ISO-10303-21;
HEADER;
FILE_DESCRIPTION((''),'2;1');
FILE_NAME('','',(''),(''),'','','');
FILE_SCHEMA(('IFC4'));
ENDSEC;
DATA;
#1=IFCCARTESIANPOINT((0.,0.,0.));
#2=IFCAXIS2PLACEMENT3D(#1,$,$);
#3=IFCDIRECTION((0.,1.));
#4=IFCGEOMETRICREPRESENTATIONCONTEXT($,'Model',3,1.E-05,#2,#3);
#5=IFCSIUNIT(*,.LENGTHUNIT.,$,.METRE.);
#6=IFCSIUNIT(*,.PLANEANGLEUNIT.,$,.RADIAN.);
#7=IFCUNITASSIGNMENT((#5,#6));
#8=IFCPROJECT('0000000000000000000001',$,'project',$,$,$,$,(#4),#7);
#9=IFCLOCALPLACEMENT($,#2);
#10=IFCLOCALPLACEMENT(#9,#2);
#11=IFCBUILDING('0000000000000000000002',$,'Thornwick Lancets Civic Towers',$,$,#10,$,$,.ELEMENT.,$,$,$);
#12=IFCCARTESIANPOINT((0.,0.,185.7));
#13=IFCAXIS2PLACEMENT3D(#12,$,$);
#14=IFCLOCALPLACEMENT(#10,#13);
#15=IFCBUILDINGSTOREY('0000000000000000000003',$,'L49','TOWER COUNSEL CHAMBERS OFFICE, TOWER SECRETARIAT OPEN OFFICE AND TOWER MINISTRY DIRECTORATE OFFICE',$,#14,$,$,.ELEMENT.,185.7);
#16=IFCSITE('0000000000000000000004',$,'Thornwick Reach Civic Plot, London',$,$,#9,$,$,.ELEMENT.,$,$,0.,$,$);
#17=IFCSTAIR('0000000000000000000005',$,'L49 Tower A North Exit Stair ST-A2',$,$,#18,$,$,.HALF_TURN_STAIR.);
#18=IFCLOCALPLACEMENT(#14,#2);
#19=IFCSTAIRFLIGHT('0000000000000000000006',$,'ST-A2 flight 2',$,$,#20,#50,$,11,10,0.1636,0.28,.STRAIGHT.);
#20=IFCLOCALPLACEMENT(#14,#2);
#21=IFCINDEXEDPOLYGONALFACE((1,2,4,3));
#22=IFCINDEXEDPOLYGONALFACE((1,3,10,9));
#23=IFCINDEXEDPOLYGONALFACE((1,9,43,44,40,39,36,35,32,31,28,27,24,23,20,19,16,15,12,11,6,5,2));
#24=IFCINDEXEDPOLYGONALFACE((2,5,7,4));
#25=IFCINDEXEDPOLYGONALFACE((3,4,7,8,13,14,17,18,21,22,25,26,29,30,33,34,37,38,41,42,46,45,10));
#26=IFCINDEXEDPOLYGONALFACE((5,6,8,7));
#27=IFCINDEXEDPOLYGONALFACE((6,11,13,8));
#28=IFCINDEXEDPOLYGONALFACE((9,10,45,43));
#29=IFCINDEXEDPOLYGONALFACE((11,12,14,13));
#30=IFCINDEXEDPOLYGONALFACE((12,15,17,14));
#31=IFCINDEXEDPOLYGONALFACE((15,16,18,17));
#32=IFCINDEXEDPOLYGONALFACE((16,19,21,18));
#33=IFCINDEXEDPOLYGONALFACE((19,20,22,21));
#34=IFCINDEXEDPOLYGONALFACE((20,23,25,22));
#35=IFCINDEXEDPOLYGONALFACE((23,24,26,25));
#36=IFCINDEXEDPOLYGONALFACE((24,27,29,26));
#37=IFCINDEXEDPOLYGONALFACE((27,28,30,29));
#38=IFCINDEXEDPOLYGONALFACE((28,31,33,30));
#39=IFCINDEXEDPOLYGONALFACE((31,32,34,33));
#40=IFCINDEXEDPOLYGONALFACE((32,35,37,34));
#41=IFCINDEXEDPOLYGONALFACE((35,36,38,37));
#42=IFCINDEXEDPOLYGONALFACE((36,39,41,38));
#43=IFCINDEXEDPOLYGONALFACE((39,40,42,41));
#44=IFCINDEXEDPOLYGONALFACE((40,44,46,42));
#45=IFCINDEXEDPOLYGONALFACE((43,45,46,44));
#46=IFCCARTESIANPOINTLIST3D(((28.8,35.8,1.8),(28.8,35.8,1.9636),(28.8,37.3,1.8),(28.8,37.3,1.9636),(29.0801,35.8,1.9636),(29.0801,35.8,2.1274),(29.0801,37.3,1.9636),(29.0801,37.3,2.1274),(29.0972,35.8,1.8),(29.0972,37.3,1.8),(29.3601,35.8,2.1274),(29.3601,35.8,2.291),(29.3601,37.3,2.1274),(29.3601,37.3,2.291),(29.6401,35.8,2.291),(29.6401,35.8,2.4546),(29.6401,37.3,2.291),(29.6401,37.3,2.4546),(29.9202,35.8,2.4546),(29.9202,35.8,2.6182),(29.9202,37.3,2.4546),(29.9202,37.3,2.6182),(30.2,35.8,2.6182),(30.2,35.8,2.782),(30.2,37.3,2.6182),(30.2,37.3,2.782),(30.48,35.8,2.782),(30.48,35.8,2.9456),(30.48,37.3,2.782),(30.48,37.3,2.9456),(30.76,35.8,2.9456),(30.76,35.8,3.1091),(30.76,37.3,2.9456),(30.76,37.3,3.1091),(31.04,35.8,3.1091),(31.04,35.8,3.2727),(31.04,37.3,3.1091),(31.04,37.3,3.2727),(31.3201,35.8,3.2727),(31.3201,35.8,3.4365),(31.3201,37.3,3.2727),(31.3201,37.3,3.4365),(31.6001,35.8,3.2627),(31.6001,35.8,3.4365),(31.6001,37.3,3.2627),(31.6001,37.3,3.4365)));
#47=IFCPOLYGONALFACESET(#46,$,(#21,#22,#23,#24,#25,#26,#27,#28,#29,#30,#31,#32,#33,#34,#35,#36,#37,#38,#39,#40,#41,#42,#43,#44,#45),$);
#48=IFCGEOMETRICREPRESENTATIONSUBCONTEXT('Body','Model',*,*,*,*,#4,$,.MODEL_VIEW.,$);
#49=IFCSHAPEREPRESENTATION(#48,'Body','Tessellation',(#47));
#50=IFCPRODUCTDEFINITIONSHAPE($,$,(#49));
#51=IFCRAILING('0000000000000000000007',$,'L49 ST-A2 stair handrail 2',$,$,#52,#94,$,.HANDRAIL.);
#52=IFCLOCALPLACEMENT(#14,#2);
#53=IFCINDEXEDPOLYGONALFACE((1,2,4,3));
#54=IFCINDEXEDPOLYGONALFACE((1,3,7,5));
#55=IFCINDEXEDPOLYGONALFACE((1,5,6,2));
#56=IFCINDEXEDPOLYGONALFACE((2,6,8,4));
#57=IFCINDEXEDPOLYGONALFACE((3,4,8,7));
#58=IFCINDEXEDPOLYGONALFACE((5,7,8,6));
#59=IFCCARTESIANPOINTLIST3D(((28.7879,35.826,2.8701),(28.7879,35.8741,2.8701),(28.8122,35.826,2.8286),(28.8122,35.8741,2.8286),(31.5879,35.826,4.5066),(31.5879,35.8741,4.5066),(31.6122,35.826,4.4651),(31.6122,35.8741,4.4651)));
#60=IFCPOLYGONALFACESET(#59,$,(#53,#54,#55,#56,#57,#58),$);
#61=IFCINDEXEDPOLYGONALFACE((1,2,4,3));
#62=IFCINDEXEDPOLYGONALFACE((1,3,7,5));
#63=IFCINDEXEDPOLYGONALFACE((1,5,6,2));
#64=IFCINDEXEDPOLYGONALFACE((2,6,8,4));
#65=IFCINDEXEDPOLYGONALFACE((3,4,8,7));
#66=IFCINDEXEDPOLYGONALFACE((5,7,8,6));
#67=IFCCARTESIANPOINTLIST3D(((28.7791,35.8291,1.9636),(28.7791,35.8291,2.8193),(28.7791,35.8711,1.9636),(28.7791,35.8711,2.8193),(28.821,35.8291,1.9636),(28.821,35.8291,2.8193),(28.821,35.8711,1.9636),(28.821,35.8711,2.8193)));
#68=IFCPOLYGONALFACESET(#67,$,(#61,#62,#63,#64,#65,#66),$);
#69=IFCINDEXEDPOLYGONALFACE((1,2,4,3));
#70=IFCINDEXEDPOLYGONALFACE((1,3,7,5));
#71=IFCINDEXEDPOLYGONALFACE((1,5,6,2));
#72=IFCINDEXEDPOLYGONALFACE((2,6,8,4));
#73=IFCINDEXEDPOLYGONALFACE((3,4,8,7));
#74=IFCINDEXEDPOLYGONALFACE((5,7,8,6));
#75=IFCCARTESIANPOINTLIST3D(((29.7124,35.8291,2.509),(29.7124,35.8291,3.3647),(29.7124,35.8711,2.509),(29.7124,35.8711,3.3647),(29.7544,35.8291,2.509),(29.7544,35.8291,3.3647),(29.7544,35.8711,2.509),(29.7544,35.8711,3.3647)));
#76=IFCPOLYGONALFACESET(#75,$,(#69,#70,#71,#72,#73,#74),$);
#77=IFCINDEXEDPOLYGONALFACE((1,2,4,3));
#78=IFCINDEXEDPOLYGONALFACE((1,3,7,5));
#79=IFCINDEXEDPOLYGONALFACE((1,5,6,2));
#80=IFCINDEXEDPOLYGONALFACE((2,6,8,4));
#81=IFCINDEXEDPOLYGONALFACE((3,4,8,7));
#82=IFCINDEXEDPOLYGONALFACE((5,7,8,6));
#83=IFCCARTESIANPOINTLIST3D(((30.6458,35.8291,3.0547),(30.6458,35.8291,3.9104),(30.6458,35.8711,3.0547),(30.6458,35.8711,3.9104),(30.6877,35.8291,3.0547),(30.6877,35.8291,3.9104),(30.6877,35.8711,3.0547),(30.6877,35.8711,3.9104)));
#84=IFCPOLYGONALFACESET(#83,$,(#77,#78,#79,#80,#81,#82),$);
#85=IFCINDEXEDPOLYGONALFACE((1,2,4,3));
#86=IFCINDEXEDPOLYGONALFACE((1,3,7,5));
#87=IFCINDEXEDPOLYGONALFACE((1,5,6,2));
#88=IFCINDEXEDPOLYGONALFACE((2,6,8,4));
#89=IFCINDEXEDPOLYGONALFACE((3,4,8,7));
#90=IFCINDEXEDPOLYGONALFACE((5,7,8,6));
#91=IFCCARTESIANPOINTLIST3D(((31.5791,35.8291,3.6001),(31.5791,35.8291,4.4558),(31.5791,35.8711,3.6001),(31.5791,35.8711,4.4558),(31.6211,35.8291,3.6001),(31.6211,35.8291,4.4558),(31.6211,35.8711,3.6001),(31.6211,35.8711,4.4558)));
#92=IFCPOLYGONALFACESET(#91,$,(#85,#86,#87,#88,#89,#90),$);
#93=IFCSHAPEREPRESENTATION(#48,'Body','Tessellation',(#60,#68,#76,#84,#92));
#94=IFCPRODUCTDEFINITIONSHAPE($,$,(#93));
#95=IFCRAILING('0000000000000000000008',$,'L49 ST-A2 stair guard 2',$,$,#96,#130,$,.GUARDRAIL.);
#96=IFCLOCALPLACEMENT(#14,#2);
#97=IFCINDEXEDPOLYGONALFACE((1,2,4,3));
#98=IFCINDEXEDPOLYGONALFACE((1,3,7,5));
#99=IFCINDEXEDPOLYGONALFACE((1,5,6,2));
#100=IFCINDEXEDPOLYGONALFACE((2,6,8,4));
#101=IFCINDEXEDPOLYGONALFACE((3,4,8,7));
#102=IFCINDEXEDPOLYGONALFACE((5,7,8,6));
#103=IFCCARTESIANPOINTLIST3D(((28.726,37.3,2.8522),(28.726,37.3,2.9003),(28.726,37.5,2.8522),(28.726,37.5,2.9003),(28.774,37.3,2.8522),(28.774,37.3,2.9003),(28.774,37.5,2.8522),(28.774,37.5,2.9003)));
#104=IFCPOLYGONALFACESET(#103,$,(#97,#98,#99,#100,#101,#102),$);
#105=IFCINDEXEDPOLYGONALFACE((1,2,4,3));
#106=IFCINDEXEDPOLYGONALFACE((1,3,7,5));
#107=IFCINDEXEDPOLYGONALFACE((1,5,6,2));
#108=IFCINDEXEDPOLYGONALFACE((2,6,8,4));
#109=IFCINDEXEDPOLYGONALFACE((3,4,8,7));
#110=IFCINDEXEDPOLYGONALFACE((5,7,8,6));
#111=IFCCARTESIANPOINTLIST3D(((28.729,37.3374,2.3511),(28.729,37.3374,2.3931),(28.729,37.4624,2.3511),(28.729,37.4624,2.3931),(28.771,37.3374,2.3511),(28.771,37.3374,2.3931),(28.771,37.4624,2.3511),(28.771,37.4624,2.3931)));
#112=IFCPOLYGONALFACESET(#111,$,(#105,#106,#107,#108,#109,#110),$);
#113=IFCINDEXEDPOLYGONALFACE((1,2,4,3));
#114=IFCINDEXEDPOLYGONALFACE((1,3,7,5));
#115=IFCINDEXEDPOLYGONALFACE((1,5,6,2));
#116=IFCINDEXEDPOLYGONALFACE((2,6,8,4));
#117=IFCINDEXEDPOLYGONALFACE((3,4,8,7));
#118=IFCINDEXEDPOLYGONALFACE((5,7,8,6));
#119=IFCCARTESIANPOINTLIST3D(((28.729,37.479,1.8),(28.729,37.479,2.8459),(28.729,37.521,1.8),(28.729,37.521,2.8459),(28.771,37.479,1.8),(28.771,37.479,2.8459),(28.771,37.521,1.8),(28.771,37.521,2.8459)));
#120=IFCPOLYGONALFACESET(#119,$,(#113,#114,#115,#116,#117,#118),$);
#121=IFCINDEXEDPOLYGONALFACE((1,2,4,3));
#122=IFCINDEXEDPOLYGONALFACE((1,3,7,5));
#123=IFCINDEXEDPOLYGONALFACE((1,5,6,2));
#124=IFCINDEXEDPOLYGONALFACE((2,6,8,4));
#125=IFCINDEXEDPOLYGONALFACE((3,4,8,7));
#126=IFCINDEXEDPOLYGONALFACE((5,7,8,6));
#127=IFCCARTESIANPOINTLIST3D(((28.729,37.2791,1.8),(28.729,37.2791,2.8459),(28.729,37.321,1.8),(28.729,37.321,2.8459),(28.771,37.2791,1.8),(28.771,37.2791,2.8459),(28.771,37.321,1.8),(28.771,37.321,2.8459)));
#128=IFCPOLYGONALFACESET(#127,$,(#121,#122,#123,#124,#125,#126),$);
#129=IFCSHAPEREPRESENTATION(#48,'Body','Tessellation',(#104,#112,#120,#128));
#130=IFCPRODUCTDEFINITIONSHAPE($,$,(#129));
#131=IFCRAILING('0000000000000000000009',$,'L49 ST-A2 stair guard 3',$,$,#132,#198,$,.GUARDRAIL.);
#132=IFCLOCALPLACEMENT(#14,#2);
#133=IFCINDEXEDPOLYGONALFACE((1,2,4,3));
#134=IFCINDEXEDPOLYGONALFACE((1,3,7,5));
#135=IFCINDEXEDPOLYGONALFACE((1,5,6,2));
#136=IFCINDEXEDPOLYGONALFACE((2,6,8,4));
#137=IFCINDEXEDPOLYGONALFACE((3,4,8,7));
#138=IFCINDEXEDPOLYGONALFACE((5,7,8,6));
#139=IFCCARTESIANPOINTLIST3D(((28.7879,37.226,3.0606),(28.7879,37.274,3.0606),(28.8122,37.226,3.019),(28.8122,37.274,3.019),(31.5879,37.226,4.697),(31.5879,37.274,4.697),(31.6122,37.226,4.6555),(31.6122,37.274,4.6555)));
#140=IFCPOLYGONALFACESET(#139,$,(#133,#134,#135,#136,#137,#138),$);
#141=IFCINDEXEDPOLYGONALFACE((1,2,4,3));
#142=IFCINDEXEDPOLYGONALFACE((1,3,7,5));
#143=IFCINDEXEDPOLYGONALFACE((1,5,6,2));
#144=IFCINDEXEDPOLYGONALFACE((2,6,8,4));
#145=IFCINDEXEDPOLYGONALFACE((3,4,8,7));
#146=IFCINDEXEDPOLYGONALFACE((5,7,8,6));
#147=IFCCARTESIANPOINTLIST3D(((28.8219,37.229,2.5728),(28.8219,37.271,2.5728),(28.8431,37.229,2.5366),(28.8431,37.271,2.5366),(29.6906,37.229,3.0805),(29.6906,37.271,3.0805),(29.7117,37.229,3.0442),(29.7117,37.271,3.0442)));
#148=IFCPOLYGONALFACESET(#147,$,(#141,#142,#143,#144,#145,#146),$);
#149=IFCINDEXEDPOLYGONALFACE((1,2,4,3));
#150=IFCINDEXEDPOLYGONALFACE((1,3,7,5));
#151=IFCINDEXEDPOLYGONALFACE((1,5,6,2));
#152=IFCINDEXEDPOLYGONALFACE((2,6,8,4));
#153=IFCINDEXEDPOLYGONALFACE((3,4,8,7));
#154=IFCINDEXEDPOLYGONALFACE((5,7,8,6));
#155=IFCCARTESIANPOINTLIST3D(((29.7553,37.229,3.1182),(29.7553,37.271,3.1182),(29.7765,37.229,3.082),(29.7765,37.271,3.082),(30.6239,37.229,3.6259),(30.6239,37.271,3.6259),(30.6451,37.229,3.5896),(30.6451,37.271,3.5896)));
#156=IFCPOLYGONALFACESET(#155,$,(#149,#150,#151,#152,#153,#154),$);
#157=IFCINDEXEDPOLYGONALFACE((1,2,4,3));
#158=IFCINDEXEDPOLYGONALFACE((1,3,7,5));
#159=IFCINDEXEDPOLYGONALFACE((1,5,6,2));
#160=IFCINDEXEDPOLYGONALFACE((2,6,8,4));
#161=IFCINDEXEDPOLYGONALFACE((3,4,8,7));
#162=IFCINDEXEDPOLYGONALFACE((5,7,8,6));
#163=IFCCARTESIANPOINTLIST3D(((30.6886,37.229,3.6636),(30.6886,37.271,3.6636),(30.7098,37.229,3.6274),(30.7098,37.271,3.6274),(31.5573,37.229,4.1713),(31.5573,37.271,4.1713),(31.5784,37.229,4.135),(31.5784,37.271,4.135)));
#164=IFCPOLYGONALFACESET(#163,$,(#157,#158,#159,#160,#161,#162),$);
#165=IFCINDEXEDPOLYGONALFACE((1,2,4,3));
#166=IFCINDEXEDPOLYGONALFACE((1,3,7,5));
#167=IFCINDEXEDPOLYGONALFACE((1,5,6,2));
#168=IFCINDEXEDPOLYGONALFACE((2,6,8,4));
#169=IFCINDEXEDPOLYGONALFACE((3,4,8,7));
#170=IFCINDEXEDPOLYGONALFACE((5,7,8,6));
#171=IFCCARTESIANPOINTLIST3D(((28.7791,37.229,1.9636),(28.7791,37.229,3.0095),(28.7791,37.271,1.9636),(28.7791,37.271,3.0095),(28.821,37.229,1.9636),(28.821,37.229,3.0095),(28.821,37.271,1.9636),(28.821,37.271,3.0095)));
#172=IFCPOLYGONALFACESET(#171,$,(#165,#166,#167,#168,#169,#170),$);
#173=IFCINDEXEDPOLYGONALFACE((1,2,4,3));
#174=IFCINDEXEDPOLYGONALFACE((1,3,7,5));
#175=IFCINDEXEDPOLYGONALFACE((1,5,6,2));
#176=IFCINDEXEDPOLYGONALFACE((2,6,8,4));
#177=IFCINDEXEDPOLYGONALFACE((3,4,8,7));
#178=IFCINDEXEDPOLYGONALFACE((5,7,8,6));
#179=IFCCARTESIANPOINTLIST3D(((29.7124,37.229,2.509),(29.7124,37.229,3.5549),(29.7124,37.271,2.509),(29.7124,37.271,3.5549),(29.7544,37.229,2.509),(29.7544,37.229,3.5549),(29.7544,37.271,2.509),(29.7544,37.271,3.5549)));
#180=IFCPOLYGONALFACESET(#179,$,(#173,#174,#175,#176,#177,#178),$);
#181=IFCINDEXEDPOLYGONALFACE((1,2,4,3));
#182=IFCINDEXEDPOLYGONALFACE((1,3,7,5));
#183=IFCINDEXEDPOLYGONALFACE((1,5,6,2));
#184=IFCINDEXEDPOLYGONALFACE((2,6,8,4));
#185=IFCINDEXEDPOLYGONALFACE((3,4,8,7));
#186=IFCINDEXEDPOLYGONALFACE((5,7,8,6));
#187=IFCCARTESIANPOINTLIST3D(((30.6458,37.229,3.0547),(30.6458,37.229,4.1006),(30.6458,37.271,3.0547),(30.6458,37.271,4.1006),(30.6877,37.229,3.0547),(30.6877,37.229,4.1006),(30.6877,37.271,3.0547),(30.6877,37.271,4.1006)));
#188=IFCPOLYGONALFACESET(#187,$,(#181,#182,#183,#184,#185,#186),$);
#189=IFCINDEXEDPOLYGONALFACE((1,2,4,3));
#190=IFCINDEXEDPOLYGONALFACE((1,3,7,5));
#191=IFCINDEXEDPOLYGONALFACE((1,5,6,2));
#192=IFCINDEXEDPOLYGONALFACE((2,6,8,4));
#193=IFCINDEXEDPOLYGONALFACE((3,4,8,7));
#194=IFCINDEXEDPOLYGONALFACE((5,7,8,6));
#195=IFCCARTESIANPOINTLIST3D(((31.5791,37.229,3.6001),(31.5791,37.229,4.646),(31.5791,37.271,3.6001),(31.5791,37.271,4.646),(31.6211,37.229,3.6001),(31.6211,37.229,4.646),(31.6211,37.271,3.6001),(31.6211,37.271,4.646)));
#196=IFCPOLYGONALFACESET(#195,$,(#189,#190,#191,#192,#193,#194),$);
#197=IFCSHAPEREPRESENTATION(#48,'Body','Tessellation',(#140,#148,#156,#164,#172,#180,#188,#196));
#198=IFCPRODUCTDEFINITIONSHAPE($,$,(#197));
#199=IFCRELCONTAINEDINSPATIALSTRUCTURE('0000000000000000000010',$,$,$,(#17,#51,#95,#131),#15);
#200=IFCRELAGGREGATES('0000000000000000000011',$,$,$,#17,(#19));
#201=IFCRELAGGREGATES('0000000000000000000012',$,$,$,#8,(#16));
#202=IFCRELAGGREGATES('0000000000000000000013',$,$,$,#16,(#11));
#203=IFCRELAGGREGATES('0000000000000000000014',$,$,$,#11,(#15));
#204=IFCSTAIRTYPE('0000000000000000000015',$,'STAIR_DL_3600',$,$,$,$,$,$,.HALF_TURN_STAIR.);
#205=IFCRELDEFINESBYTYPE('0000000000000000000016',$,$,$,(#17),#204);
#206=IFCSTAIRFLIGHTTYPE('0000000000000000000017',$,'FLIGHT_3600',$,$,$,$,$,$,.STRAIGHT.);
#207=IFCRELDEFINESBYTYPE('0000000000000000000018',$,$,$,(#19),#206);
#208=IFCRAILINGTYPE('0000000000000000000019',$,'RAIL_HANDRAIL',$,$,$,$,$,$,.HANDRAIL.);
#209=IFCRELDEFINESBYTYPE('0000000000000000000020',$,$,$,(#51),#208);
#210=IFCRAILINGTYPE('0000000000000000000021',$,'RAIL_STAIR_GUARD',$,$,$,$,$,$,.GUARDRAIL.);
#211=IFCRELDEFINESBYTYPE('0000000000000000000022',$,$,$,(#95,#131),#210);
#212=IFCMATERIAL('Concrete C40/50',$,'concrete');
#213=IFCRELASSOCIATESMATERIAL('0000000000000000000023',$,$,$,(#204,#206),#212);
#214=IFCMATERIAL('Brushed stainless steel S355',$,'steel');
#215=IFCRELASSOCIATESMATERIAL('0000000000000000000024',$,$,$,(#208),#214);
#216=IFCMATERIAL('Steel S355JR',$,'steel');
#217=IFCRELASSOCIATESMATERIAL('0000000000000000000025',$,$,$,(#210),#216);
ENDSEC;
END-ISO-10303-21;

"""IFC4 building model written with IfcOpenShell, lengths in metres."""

from ifc_helpers import new_model, si_unit, direction, frame, origin, origin_2d, place, context, subcontext, project, spatial, polyline, rectangle, outline, extrude, material, type_object, element, aggregate, save


model = new_model("IFC4")

# Units and contexts
model_context = context("Model", 3, precision=1e-05, world=origin(), true_north=direction((0.0, 1.0)))
body_context = subcontext(model_context, "Body", "Model", "MODEL_VIEW")
ifc_project = project(units=[si_unit("LENGTHUNIT", "METRE"), si_unit("PLANEANGLEUNIT", "RADIAN")], contexts=[model_context])

# Site, building, storey
site_placement = place(None, origin())
site = spatial("IfcSite", under=ifc_project, at=site_placement, Name="Thornwick Reach Civic Plot, London", CompositionType="ELEMENT", RefElevation=0.0)
building_placement = place(site_placement, origin())
building = spatial("IfcBuilding", under=site, at=building_placement, Name="Thornwick Lancets Civic Towers", CompositionType="ELEMENT")
storey_placement = place(building_placement, frame((0.0, 0.0, 185.7)))
storey = spatial("IfcBuildingStorey", under=building, at=storey_placement, Name="L49", Description="TOWER COUNSEL CHAMBERS OFFICE, TOWER SECRETARIAT OPEN OFFICE AND TOWER MINISTRY DIRECTORATE OFFICE", CompositionType="ELEMENT", Elevation=185.7)

# Shared definitions
ifc_material_1 = material(Name="Steel S355JR", Category="steel")

# Shared definitions
ifc_material_2 = material(Name="Concrete C40/50", Category="concrete")

# Stair, stair flight
stair_type = type_object("IfcStairType", Name="STAIR_DL_3600", PredefinedType="HALF_TURN_STAIR", material=ifc_material_2)
stair_placement = place(storey_placement, origin())
stair = element("IfcStair", 1, at=stair_placement, inside=storey, type_object=stair_type, Name="L49 Tower A North Exit Stair ST-A2", PredefinedType="HALF_TURN_STAIR")
stair_flight_type = type_object("IfcStairFlightType", Name="FLIGHT_3600", PredefinedType="STRAIGHT", material=ifc_material_2)
stair_flight_placement = place(storey_placement, frame((28.8, 36.55, 1.8), z_axis=(0.0, 0.0, 1.0), x_axis=(1.0, 0.0, 0.0)))
stair_flight = element("IfcStairFlight", 2, at=stair_flight_placement, type_object=stair_flight_type, Name="ST-A2 flight 2", NumberOfRisers=11, NumberOfTreads=10, PredefinedType="STRAIGHT", RiserHeight=0.1636, TreadLength=0.28, context=body_context, shape_type="SweptSolid", body=[
    extrude(outline(polyline([(0.0, 0.0), (0.0, 0.1636), (0.28, 0.1636), (0.28, 0.3274), (0.5601, 0.3274), (0.5601, 0.491), (0.8401, 0.491), (0.8401, 0.6545), (1.1201, 0.6545), (1.1201, 0.8181), (1.3999, 0.8181), (1.3999, 0.9819), (1.6799, 0.9819), (1.6799, 1.1455), (1.96, 1.1455), (1.96, 1.3091), (2.24, 1.3091), (2.24, 1.4727), (2.52, 1.4727), (2.52, 1.6365), (2.8, 1.6365), (2.8, 1.8), (2.8, 1.4626), (0.2971, 0.0), (0.0, 0.0)])), frame((0.0, 0.75, 0.0), z_axis=(0.0, -1.0, 0.0), x_axis=(1.0, 0.0, 0.0)), (0.0, 0.0, 1.0), 1.5),
])
aggregate(stair, [stair_flight])

# Railings
ifc_material_3 = material(Name="Brushed stainless steel S355", Category="steel")
railing_type_1 = type_object("IfcRailingType", Name="RAIL_HANDRAIL", PredefinedType="HANDRAIL", material=ifc_material_3)
railing_1_placement = place(storey_placement, frame((28.8, 35.8501, 1.9636)))
element("IfcRailing", 3, at=railing_1_placement, inside=storey, type_object=railing_type_1, Name="L49 ST-A2 stair handrail 2", PredefinedType="HANDRAIL", context=body_context, shape_type="SweptSolid", body=[
    extrude(rectangle(XDim=0.0481, YDim=0.0481, at=origin_2d()), frame((0.0, 0.0, 0.8857), z_axis=(0.863361, 0.0, 0.504587), x_axis=(0.0, 1.0, 0.0)), (0.0, 0.0, 1.0), 3.2432),
    extrude(rectangle(XDim=0.042, YDim=0.042, at=origin_2d()), origin(), (0.0, 0.0, 1.0), 0.8557),
    extrude(rectangle(XDim=0.042, YDim=0.042, at=origin_2d()), frame((0.9333, 0.0, 0.5454)), (0.0, 0.0, 1.0), 0.8557),
    extrude(rectangle(XDim=0.042, YDim=0.042, at=origin_2d()), frame((1.8667, 0.0, 1.0911)), (0.0, 0.0, 1.0), 0.8557),
    extrude(rectangle(XDim=0.042, YDim=0.042, at=origin_2d()), frame((2.8, 0.0, 1.6365)), (0.0, 0.0, 1.0), 0.8557),
])
railing_type_2 = type_object("IfcRailingType", Name="RAIL_STAIR_GUARD", PredefinedType="GUARDRAIL", material=ifc_material_1)
railing_2_placement = place(storey_placement, frame((28.75, 37.5, 1.8)))
element("IfcRailing", 4, at=railing_2_placement, inside=storey, type_object=railing_type_2, Name="L49 ST-A2 stair guard 2", PredefinedType="GUARDRAIL", context=body_context, shape_type="SweptSolid", body=[
    extrude(rectangle(XDim=0.0481, YDim=0.0481, at=origin_2d()), frame((0.0, 0.0, 1.0762), z_axis=(0.0, -1.0, 0.0), x_axis=(1.0, 0.0, 0.0)), (0.0, 0.0, 1.0), 0.2),
    extrude(rectangle(XDim=0.042, YDim=0.042, at=origin_2d()), frame((0.0, -0.0376, 0.572), z_axis=(0.0, -1.0, 0.0), x_axis=(1.0, 0.0, 0.0)), (0.0, 0.0, 1.0), 0.125),
    extrude(rectangle(XDim=0.042, YDim=0.042, at=origin_2d()), origin(), (0.0, 0.0, 1.0), 1.0459),
    extrude(rectangle(XDim=0.042, YDim=0.042, at=origin_2d()), frame((0.0, -0.2, 0.0)), (0.0, 0.0, 1.0), 1.0459),
])
railing_3_placement = place(storey_placement, frame((28.8, 37.25, 1.9636)))
element("IfcRailing", 5, at=railing_3_placement, inside=storey, type_object=railing_type_2, Name="L49 ST-A2 stair guard 3", PredefinedType="GUARDRAIL", context=body_context, shape_type="SweptSolid", body=[
    extrude(rectangle(XDim=0.0481, YDim=0.0481, at=origin_2d()), frame((0.0, 0.0, 1.0762), z_axis=(0.863361, 0.0, 0.504587), x_axis=(0.0, 1.0, 0.0)), (0.0, 0.0, 1.0), 3.2432),
    extrude(rectangle(XDim=0.042, YDim=0.042, at=origin_2d()), frame((0.0325, 0.0, 0.5911), z_axis=(0.863361, 0.0, 0.504587), x_axis=(0.0, 1.0, 0.0)), (0.0, 0.0, 1.0), 1.0061),
    extrude(rectangle(XDim=0.042, YDim=0.042, at=origin_2d()), frame((0.9658, 0.0, 1.1365), z_axis=(0.863361, 0.0, 0.504587), x_axis=(0.0, 1.0, 0.0)), (0.0, 0.0, 1.0), 1.0061),
    extrude(rectangle(XDim=0.042, YDim=0.042, at=origin_2d()), frame((1.8992, 0.0, 1.6819), z_axis=(0.863361, 0.0, 0.504587), x_axis=(0.0, 1.0, 0.0)), (0.0, 0.0, 1.0), 1.0061),
    extrude(rectangle(XDim=0.042, YDim=0.042, at=origin_2d()), origin(), (0.0, 0.0, 1.0), 1.0459),
    extrude(rectangle(XDim=0.042, YDim=0.042, at=origin_2d()), frame((0.9333, 0.0, 0.5454)), (0.0, 0.0, 1.0), 1.0459),
    extrude(rectangle(XDim=0.042, YDim=0.042, at=origin_2d()), frame((1.8667, 0.0, 1.0911)), (0.0, 0.0, 1.0), 1.0459),
    extrude(rectangle(XDim=0.042, YDim=0.042, at=origin_2d()), frame((2.8, 0.0, 1.6365)), (0.0, 0.0, 1.0), 1.0459),
])

save(model, "model.ifc")
